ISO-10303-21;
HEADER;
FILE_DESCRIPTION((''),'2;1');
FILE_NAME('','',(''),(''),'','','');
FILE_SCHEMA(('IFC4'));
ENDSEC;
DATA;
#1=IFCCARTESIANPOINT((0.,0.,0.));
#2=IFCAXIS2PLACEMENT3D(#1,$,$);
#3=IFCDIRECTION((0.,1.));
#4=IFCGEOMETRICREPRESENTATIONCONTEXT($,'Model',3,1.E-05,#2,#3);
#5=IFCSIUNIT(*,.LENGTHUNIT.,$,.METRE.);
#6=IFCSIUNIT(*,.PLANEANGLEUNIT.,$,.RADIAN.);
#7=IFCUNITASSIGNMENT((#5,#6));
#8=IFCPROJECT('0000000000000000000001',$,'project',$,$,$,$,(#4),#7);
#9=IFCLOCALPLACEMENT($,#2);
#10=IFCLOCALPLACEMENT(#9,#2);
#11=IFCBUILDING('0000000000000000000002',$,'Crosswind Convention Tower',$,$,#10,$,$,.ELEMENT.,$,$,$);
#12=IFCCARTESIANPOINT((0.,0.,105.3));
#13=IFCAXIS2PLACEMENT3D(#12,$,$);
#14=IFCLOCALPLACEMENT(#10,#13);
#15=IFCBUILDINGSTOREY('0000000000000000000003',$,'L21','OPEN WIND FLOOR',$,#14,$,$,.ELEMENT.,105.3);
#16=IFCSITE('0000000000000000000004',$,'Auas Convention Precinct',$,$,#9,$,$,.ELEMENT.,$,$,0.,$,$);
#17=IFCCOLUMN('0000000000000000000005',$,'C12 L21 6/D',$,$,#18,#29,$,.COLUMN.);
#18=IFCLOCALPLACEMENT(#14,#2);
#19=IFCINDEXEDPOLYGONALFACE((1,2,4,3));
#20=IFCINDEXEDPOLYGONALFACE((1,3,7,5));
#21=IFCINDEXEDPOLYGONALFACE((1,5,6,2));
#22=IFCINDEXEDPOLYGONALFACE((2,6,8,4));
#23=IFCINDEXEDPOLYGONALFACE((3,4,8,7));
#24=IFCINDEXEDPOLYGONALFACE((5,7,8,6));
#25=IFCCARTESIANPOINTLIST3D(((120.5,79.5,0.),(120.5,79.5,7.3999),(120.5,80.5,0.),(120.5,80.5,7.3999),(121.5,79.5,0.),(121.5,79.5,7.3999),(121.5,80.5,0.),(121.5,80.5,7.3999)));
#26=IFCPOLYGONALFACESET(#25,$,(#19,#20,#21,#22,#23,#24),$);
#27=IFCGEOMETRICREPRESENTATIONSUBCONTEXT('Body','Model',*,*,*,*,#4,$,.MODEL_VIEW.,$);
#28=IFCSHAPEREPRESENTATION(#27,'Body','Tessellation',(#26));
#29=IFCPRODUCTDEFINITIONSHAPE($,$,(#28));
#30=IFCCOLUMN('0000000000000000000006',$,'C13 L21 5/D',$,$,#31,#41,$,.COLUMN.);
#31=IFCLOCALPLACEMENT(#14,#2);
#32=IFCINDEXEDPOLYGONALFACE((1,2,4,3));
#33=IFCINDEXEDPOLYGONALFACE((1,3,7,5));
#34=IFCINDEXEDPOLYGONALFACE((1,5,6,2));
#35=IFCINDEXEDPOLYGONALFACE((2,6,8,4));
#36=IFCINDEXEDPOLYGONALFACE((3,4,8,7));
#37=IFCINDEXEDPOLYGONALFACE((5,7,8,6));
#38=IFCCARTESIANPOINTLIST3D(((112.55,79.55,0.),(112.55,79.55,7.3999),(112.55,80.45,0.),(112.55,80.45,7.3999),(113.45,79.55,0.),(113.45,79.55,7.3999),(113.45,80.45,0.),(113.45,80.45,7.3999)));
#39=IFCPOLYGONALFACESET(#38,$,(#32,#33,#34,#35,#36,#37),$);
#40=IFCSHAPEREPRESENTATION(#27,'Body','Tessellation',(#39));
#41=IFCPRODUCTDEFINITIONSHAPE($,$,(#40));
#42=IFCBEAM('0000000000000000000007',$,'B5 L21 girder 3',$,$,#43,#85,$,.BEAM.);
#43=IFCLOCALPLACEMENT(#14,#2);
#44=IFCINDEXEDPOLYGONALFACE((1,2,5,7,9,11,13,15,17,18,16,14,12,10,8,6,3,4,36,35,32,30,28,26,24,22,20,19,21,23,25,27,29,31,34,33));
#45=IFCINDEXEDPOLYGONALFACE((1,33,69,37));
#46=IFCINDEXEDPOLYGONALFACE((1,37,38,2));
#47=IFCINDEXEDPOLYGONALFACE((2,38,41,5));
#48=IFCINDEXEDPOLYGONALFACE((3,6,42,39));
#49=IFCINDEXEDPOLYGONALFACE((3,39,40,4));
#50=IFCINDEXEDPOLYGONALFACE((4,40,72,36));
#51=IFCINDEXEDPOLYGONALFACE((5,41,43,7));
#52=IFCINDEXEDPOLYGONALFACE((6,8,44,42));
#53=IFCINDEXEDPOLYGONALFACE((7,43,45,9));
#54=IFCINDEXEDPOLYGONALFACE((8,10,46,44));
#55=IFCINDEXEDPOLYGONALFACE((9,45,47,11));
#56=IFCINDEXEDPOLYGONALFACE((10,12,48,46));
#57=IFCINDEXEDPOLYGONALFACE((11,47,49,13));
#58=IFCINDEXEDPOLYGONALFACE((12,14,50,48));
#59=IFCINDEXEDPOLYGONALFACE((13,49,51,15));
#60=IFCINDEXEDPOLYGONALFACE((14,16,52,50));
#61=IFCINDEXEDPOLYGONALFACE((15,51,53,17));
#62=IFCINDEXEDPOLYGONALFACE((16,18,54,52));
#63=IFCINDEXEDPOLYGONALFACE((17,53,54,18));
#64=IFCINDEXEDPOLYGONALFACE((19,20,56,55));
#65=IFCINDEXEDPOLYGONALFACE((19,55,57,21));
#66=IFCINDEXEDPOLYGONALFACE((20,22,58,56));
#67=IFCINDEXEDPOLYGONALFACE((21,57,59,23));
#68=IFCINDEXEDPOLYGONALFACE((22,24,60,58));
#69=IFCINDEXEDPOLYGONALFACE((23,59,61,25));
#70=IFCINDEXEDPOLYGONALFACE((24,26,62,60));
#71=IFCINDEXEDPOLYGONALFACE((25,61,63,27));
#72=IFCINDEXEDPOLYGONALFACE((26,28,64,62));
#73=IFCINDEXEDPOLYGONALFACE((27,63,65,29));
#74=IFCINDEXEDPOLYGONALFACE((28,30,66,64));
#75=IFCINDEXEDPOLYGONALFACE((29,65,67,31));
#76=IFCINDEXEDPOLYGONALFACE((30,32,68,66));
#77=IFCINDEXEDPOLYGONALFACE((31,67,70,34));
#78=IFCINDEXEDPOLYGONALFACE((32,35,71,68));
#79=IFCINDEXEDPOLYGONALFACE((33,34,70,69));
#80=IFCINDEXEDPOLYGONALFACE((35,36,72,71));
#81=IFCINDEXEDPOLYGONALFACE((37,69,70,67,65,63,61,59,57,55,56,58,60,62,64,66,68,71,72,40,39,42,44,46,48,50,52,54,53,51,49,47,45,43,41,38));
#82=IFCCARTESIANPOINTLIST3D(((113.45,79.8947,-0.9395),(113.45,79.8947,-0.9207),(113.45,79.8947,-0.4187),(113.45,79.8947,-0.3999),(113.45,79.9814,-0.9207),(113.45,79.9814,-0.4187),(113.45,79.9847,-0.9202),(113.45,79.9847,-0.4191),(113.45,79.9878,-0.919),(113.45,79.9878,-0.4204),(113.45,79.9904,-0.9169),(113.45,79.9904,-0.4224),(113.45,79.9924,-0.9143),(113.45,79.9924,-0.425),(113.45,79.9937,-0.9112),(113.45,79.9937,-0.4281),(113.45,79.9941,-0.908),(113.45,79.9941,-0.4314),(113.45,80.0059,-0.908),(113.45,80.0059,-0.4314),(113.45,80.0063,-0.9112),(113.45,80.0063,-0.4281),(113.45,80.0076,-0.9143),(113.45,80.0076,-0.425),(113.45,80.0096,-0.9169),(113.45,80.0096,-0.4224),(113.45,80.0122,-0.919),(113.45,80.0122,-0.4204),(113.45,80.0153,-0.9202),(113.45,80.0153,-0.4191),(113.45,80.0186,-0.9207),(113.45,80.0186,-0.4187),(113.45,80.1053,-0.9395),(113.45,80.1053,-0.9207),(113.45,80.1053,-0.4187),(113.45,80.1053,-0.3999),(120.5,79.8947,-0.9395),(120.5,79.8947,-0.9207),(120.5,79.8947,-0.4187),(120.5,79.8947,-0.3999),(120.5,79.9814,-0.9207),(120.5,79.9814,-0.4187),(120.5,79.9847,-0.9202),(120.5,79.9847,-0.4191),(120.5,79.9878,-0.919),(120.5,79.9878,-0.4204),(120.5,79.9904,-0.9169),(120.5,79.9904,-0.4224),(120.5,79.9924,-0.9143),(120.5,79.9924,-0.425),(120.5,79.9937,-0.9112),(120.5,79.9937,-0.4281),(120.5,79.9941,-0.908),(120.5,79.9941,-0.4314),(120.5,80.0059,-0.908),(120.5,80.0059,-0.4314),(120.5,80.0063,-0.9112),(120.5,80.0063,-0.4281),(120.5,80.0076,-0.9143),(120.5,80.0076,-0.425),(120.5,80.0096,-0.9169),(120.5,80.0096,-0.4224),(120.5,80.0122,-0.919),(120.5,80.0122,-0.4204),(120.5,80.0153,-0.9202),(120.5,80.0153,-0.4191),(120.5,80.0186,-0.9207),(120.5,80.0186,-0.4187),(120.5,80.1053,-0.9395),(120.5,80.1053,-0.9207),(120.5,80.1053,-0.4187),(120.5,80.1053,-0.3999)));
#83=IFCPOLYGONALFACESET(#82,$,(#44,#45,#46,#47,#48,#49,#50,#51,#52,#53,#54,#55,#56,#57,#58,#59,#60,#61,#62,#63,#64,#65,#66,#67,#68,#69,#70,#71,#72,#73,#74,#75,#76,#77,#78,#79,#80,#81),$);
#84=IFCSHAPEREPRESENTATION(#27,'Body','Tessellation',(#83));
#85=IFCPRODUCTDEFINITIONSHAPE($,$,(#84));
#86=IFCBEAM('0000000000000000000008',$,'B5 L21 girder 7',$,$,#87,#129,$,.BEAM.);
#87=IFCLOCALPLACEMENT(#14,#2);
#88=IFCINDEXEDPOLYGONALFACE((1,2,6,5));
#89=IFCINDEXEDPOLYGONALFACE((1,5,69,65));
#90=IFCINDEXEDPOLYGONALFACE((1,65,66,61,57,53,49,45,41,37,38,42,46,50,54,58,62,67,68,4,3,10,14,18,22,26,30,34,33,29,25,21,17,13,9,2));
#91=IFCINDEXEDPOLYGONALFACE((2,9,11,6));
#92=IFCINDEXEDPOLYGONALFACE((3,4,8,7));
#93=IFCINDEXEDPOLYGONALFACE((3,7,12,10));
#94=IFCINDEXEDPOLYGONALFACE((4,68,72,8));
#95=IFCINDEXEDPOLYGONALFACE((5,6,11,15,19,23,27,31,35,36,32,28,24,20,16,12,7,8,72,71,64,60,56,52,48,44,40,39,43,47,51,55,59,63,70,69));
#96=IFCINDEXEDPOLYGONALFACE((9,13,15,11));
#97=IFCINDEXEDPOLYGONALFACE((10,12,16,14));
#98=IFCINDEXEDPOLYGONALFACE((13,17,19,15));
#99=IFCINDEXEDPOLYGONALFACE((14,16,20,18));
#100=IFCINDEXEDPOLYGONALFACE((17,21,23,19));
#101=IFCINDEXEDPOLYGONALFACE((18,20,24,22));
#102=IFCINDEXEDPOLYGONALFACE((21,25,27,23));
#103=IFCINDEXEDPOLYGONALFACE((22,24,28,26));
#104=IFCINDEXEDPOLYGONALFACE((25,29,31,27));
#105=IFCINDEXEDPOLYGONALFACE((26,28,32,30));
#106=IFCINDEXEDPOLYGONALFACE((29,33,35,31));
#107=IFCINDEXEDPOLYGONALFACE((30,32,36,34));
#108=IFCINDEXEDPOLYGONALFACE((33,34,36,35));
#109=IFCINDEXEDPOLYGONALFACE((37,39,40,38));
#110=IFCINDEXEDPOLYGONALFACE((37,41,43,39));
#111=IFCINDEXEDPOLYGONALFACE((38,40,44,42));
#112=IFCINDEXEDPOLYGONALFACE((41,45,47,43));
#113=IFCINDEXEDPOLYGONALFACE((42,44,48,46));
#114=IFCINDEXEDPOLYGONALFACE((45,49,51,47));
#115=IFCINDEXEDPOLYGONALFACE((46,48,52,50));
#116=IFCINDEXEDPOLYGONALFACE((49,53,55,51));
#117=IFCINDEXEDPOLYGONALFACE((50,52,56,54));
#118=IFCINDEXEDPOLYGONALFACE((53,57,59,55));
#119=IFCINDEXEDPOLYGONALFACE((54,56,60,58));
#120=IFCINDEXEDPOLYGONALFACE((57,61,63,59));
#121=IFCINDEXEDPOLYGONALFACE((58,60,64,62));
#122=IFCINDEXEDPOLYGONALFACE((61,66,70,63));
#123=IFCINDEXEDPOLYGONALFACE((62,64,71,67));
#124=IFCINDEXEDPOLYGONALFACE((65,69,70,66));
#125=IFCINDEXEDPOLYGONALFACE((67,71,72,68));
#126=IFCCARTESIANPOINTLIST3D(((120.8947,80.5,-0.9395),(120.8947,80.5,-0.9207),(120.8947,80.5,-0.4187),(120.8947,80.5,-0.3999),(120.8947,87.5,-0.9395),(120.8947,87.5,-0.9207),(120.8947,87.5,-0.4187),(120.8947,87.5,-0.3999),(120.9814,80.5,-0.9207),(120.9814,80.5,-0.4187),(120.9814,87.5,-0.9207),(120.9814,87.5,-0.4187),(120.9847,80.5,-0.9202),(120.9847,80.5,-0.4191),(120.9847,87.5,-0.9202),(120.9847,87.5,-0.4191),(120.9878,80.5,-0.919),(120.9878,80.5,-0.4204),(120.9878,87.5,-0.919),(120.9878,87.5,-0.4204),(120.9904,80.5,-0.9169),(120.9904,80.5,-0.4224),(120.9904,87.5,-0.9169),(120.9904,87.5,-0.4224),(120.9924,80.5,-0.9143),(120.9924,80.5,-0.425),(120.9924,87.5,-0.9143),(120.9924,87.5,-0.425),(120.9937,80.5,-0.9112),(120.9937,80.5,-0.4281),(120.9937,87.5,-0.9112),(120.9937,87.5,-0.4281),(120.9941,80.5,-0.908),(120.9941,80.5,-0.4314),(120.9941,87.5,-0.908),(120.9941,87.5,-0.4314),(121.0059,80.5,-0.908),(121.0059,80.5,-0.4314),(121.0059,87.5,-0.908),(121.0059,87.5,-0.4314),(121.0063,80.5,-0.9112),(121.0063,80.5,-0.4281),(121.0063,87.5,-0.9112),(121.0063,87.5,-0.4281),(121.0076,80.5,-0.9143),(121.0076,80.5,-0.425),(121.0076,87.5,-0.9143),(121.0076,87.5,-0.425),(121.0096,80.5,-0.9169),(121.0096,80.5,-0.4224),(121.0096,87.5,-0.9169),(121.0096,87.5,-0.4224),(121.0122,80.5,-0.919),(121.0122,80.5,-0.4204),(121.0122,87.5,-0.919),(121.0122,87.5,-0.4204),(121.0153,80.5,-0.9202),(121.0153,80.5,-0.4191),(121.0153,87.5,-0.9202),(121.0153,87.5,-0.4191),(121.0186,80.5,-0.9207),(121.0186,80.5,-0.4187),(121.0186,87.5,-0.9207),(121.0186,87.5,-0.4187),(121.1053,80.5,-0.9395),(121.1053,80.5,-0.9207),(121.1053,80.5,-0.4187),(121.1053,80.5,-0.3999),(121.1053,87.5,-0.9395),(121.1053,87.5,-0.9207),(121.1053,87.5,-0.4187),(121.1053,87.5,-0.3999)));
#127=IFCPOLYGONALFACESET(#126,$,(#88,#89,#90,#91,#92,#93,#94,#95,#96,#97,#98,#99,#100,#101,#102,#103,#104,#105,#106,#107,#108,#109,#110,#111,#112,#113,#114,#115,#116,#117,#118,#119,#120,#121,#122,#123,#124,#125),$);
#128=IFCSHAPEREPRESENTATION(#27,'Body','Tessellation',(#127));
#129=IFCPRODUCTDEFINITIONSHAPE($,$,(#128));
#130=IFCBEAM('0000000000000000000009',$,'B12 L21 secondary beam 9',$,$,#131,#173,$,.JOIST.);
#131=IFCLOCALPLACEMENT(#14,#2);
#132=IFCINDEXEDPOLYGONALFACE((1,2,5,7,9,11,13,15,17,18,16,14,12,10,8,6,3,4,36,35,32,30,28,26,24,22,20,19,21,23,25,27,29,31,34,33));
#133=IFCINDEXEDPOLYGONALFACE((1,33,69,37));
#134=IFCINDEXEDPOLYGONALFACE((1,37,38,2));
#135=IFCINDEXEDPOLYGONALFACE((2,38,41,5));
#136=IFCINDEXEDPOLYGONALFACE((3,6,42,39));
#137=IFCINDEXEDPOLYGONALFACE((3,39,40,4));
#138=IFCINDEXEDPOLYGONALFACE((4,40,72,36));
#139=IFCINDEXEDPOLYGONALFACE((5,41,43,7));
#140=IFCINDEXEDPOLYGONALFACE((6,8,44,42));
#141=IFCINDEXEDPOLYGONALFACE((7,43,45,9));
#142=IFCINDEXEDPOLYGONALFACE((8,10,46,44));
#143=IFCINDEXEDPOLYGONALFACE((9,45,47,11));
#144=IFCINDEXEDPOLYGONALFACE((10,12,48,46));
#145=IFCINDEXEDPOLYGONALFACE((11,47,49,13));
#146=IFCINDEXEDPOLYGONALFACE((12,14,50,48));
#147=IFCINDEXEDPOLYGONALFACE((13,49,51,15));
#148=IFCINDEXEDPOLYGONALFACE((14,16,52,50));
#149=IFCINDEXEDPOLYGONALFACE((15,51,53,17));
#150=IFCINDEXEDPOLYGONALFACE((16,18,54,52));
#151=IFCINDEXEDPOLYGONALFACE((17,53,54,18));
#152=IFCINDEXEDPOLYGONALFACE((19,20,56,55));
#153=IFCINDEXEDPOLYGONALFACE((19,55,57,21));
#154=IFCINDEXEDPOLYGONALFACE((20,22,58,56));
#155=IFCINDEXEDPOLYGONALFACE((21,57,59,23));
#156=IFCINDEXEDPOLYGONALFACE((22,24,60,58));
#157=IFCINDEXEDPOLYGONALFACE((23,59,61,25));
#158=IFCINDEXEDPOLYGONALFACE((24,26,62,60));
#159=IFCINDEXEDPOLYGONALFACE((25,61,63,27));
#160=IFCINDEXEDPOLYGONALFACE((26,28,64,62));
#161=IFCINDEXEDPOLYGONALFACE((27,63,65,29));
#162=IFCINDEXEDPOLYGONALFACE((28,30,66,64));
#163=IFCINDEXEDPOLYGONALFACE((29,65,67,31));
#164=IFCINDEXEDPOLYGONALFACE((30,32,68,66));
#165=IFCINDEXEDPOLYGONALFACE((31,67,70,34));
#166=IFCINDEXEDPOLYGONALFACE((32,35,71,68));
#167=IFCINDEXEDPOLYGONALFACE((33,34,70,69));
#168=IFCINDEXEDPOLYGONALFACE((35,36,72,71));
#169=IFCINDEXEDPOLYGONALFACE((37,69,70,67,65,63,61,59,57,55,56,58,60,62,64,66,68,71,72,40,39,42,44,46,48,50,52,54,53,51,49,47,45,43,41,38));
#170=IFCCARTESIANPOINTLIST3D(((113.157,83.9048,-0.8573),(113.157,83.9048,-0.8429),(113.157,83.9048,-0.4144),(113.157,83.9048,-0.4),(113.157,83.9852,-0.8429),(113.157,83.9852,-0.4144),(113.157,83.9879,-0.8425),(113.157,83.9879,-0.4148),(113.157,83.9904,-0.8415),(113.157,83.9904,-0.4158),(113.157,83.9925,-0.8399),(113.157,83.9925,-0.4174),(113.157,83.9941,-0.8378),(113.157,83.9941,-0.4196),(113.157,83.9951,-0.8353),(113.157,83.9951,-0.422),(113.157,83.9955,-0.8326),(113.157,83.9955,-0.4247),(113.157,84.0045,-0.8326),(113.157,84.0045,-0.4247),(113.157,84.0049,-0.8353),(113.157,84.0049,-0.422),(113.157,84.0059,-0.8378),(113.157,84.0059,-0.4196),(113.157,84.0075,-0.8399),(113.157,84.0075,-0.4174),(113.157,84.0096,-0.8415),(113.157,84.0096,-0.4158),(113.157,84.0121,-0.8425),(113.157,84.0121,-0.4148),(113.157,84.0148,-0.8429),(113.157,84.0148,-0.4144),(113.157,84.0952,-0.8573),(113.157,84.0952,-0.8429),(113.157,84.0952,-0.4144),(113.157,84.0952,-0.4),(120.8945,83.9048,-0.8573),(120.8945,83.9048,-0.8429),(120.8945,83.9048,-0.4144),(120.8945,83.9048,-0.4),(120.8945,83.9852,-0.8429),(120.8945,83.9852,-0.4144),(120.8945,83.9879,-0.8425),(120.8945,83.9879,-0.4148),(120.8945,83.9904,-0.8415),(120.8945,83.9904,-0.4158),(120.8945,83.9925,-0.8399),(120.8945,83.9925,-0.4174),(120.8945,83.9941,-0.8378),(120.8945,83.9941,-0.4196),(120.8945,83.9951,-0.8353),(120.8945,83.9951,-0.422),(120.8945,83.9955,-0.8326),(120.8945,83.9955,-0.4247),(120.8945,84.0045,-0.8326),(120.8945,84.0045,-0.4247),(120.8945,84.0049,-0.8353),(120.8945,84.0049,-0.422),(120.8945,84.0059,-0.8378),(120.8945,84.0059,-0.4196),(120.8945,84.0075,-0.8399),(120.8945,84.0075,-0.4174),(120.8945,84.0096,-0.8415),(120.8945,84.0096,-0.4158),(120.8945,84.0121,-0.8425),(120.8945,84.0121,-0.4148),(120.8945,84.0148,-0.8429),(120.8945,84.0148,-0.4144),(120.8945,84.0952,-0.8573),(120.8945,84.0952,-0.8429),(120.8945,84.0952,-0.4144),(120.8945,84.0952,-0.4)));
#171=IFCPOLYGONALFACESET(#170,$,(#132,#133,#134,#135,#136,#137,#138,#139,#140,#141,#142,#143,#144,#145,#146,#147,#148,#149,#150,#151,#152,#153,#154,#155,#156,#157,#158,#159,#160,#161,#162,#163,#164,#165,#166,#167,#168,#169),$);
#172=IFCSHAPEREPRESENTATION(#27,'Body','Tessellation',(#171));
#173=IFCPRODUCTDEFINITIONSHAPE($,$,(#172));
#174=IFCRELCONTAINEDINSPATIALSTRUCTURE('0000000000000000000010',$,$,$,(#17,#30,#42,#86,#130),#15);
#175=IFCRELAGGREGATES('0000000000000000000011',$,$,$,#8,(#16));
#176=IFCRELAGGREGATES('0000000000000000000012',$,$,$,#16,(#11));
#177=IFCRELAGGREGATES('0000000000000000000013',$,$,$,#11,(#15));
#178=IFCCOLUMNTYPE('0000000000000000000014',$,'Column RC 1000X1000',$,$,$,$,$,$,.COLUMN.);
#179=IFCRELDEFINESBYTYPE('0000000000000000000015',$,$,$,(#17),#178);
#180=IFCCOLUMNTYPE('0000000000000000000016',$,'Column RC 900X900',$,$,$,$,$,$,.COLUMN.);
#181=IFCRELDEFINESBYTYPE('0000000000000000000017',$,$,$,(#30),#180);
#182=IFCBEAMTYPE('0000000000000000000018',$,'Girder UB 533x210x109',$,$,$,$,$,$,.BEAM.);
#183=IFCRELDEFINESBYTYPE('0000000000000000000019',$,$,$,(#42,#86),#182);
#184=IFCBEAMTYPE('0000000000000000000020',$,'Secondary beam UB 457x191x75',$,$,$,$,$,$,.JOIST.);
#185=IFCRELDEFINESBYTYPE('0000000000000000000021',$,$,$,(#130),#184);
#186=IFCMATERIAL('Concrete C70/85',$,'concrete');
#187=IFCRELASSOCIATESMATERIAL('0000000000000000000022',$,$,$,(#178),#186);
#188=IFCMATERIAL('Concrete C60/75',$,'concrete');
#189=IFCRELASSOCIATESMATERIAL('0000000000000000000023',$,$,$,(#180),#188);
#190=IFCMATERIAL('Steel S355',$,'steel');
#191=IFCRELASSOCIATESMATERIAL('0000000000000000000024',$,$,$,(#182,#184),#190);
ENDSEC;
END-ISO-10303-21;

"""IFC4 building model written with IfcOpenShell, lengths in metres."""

from ifc_helpers import new_model, si_unit, direction, frame, origin, origin_2d, place, context, subcontext, project, spatial, rectangle, i_section, extrude, material, material_profile, profile_set, type_object, element, save


model = new_model("IFC4")

# Units and contexts
model_context = context("Model", 3, precision=1e-05, world=origin(), true_north=direction((0.0, 1.0)))
body_context = subcontext(model_context, "Body", "Model", "MODEL_VIEW")
ifc_project = project(units=[si_unit("LENGTHUNIT", "METRE"), si_unit("PLANEANGLEUNIT", "RADIAN")], contexts=[model_context])

# Site, building, storey
site_placement = place(None, origin())
site = spatial("IfcSite", under=ifc_project, at=site_placement, Name="Auas Convention Precinct", CompositionType="ELEMENT", RefElevation=0.0)
building_placement = place(site_placement, origin())
building = spatial("IfcBuilding", under=site, at=building_placement, Name="Crosswind Convention Tower", CompositionType="ELEMENT")
storey_placement = place(building_placement, frame((0.0, 0.0, 105.3)))
storey = spatial("IfcBuildingStorey", under=building, at=storey_placement, Name="L21", Description="OPEN WIND FLOOR", CompositionType="ELEMENT", Elevation=105.3)

# Columns
ifc_material_1 = material(Name="Concrete C70/85", Category="concrete")
ifc_material_profile_1 = material_profile(ifc_material_1, rectangle(XDim=1.0, YDim=1.0, at=origin_2d()), Name="RC 1000X1000")
ifc_profile_set_1 = profile_set([ifc_material_profile_1], Name="Concrete C70/85")
column_type_1 = type_object("IfcColumnType", Name="Column RC 1000X1000", PredefinedType="COLUMN", material=ifc_profile_set_1)
column_1_placement = place(storey_placement, frame((121.0, 80.0, 0.0), z_axis=(0.0, 0.0, 1.0), x_axis=(1.0, 0.0, 0.0)))
element("IfcColumn", 1, at=column_1_placement, inside=storey, type_object=column_type_1, Name="C12 L21 6/D", PredefinedType="COLUMN", context=body_context, shape_type="SweptSolid", body=[
    extrude(rectangle(XDim=1.0, YDim=1.0, at=origin_2d()), origin(), (0.0, 0.0, 1.0), 7.3999),
])
ifc_material_2 = material(Name="Concrete C60/75", Category="concrete")
ifc_material_profile_2 = material_profile(ifc_material_2, rectangle(XDim=0.8999, YDim=0.8999, at=origin_2d()), Name="RC 900X900")
ifc_profile_set_2 = profile_set([ifc_material_profile_2], Name="Concrete C60/75")
column_type_2 = type_object("IfcColumnType", Name="Column RC 900X900", PredefinedType="COLUMN", material=ifc_profile_set_2)
column_2_placement = place(storey_placement, frame((113.0, 80.0, 0.0), z_axis=(0.0, 0.0, 1.0), x_axis=(1.0, 0.0, 0.0)))
element("IfcColumn", 2, at=column_2_placement, inside=storey, type_object=column_type_2, Name="C13 L21 5/D", PredefinedType="COLUMN", context=body_context, shape_type="SweptSolid", body=[
    extrude(rectangle(XDim=0.8999, YDim=0.8999, at=origin_2d()), origin(), (0.0, 0.0, 1.0), 7.3999),
])

# Beams
ifc_material_3 = material(Name="Steel S355", Category="steel")
ifc_material_profile_3 = material_profile(ifc_material_3, i_section(OverallWidth=0.2107, OverallDepth=0.5396, WebThickness=0.0117, FlangeThickness=0.0188, FilletRadius=0.0127, at=origin_2d()), Name="UB 533x210x109")
ifc_profile_set_3 = profile_set([ifc_material_profile_3], Name="Steel S355")
beam_type_1 = type_object("IfcBeamType", Name="Girder UB 533x210x109", PredefinedType="BEAM", material=ifc_profile_set_3)
beam_1_placement = place(storey_placement, frame((113.45, 80.0, -0.6697), z_axis=(1.0, 0.0, 0.0), x_axis=(0.0, 1.0, 0.0)))
element("IfcBeam", 3, at=beam_1_placement, inside=storey, type_object=beam_type_1, Name="B5 L21 girder 3", PredefinedType="BEAM", context=body_context, shape_type="SweptSolid", body=[
    extrude(i_section(OverallWidth=0.2107, OverallDepth=0.5396, WebThickness=0.0117, FlangeThickness=0.0188, FilletRadius=0.0127, at=origin_2d()), origin(), (0.0, 0.0, 1.0), 7.05),
])
beam_2_placement = place(storey_placement, frame((121.0, 80.5, -0.6697), z_axis=(0.0, 1.0, 0.0), x_axis=(-1.0, 0.0, 0.0)))
element("IfcBeam", 4, at=beam_2_placement, inside=storey, type_object=beam_type_1, Name="B5 L21 girder 7", PredefinedType="BEAM", context=body_context, shape_type="SweptSolid", body=[
    extrude(i_section(OverallWidth=0.2107, OverallDepth=0.5396, WebThickness=0.0117, FlangeThickness=0.0188, FilletRadius=0.0127, at=origin_2d()), origin(), (0.0, 0.0, 1.0), 7.0),
])
ifc_material_profile_4 = material_profile(ifc_material_3, i_section(OverallWidth=0.1904, OverallDepth=0.4573, WebThickness=0.009, FlangeThickness=0.0144, FilletRadius=0.0103, at=origin_2d()), Name="UB 457x191x75")
ifc_profile_set_4 = profile_set([ifc_material_profile_4], Name="Steel S355")
beam_type_2 = type_object("IfcBeamType", Name="Secondary beam UB 457x191x75", PredefinedType="JOIST", material=ifc_profile_set_4)
beam_3_placement = place(storey_placement, frame((113.157, 84.0, -0.6287), z_axis=(1.0, 0.0, 0.0), x_axis=(0.0, 1.0, 0.0)))
element("IfcBeam", 5, at=beam_3_placement, inside=storey, type_object=beam_type_2, Name="B12 L21 secondary beam 9", PredefinedType="JOIST", context=body_context, shape_type="SweptSolid", body=[
    extrude(i_section(OverallWidth=0.1904, OverallDepth=0.4573, WebThickness=0.009, FlangeThickness=0.0144, FilletRadius=0.0103, at=origin_2d()), origin(), (0.0, 0.0, 1.0), 7.7375),
])

save(model, "model.ifc")
